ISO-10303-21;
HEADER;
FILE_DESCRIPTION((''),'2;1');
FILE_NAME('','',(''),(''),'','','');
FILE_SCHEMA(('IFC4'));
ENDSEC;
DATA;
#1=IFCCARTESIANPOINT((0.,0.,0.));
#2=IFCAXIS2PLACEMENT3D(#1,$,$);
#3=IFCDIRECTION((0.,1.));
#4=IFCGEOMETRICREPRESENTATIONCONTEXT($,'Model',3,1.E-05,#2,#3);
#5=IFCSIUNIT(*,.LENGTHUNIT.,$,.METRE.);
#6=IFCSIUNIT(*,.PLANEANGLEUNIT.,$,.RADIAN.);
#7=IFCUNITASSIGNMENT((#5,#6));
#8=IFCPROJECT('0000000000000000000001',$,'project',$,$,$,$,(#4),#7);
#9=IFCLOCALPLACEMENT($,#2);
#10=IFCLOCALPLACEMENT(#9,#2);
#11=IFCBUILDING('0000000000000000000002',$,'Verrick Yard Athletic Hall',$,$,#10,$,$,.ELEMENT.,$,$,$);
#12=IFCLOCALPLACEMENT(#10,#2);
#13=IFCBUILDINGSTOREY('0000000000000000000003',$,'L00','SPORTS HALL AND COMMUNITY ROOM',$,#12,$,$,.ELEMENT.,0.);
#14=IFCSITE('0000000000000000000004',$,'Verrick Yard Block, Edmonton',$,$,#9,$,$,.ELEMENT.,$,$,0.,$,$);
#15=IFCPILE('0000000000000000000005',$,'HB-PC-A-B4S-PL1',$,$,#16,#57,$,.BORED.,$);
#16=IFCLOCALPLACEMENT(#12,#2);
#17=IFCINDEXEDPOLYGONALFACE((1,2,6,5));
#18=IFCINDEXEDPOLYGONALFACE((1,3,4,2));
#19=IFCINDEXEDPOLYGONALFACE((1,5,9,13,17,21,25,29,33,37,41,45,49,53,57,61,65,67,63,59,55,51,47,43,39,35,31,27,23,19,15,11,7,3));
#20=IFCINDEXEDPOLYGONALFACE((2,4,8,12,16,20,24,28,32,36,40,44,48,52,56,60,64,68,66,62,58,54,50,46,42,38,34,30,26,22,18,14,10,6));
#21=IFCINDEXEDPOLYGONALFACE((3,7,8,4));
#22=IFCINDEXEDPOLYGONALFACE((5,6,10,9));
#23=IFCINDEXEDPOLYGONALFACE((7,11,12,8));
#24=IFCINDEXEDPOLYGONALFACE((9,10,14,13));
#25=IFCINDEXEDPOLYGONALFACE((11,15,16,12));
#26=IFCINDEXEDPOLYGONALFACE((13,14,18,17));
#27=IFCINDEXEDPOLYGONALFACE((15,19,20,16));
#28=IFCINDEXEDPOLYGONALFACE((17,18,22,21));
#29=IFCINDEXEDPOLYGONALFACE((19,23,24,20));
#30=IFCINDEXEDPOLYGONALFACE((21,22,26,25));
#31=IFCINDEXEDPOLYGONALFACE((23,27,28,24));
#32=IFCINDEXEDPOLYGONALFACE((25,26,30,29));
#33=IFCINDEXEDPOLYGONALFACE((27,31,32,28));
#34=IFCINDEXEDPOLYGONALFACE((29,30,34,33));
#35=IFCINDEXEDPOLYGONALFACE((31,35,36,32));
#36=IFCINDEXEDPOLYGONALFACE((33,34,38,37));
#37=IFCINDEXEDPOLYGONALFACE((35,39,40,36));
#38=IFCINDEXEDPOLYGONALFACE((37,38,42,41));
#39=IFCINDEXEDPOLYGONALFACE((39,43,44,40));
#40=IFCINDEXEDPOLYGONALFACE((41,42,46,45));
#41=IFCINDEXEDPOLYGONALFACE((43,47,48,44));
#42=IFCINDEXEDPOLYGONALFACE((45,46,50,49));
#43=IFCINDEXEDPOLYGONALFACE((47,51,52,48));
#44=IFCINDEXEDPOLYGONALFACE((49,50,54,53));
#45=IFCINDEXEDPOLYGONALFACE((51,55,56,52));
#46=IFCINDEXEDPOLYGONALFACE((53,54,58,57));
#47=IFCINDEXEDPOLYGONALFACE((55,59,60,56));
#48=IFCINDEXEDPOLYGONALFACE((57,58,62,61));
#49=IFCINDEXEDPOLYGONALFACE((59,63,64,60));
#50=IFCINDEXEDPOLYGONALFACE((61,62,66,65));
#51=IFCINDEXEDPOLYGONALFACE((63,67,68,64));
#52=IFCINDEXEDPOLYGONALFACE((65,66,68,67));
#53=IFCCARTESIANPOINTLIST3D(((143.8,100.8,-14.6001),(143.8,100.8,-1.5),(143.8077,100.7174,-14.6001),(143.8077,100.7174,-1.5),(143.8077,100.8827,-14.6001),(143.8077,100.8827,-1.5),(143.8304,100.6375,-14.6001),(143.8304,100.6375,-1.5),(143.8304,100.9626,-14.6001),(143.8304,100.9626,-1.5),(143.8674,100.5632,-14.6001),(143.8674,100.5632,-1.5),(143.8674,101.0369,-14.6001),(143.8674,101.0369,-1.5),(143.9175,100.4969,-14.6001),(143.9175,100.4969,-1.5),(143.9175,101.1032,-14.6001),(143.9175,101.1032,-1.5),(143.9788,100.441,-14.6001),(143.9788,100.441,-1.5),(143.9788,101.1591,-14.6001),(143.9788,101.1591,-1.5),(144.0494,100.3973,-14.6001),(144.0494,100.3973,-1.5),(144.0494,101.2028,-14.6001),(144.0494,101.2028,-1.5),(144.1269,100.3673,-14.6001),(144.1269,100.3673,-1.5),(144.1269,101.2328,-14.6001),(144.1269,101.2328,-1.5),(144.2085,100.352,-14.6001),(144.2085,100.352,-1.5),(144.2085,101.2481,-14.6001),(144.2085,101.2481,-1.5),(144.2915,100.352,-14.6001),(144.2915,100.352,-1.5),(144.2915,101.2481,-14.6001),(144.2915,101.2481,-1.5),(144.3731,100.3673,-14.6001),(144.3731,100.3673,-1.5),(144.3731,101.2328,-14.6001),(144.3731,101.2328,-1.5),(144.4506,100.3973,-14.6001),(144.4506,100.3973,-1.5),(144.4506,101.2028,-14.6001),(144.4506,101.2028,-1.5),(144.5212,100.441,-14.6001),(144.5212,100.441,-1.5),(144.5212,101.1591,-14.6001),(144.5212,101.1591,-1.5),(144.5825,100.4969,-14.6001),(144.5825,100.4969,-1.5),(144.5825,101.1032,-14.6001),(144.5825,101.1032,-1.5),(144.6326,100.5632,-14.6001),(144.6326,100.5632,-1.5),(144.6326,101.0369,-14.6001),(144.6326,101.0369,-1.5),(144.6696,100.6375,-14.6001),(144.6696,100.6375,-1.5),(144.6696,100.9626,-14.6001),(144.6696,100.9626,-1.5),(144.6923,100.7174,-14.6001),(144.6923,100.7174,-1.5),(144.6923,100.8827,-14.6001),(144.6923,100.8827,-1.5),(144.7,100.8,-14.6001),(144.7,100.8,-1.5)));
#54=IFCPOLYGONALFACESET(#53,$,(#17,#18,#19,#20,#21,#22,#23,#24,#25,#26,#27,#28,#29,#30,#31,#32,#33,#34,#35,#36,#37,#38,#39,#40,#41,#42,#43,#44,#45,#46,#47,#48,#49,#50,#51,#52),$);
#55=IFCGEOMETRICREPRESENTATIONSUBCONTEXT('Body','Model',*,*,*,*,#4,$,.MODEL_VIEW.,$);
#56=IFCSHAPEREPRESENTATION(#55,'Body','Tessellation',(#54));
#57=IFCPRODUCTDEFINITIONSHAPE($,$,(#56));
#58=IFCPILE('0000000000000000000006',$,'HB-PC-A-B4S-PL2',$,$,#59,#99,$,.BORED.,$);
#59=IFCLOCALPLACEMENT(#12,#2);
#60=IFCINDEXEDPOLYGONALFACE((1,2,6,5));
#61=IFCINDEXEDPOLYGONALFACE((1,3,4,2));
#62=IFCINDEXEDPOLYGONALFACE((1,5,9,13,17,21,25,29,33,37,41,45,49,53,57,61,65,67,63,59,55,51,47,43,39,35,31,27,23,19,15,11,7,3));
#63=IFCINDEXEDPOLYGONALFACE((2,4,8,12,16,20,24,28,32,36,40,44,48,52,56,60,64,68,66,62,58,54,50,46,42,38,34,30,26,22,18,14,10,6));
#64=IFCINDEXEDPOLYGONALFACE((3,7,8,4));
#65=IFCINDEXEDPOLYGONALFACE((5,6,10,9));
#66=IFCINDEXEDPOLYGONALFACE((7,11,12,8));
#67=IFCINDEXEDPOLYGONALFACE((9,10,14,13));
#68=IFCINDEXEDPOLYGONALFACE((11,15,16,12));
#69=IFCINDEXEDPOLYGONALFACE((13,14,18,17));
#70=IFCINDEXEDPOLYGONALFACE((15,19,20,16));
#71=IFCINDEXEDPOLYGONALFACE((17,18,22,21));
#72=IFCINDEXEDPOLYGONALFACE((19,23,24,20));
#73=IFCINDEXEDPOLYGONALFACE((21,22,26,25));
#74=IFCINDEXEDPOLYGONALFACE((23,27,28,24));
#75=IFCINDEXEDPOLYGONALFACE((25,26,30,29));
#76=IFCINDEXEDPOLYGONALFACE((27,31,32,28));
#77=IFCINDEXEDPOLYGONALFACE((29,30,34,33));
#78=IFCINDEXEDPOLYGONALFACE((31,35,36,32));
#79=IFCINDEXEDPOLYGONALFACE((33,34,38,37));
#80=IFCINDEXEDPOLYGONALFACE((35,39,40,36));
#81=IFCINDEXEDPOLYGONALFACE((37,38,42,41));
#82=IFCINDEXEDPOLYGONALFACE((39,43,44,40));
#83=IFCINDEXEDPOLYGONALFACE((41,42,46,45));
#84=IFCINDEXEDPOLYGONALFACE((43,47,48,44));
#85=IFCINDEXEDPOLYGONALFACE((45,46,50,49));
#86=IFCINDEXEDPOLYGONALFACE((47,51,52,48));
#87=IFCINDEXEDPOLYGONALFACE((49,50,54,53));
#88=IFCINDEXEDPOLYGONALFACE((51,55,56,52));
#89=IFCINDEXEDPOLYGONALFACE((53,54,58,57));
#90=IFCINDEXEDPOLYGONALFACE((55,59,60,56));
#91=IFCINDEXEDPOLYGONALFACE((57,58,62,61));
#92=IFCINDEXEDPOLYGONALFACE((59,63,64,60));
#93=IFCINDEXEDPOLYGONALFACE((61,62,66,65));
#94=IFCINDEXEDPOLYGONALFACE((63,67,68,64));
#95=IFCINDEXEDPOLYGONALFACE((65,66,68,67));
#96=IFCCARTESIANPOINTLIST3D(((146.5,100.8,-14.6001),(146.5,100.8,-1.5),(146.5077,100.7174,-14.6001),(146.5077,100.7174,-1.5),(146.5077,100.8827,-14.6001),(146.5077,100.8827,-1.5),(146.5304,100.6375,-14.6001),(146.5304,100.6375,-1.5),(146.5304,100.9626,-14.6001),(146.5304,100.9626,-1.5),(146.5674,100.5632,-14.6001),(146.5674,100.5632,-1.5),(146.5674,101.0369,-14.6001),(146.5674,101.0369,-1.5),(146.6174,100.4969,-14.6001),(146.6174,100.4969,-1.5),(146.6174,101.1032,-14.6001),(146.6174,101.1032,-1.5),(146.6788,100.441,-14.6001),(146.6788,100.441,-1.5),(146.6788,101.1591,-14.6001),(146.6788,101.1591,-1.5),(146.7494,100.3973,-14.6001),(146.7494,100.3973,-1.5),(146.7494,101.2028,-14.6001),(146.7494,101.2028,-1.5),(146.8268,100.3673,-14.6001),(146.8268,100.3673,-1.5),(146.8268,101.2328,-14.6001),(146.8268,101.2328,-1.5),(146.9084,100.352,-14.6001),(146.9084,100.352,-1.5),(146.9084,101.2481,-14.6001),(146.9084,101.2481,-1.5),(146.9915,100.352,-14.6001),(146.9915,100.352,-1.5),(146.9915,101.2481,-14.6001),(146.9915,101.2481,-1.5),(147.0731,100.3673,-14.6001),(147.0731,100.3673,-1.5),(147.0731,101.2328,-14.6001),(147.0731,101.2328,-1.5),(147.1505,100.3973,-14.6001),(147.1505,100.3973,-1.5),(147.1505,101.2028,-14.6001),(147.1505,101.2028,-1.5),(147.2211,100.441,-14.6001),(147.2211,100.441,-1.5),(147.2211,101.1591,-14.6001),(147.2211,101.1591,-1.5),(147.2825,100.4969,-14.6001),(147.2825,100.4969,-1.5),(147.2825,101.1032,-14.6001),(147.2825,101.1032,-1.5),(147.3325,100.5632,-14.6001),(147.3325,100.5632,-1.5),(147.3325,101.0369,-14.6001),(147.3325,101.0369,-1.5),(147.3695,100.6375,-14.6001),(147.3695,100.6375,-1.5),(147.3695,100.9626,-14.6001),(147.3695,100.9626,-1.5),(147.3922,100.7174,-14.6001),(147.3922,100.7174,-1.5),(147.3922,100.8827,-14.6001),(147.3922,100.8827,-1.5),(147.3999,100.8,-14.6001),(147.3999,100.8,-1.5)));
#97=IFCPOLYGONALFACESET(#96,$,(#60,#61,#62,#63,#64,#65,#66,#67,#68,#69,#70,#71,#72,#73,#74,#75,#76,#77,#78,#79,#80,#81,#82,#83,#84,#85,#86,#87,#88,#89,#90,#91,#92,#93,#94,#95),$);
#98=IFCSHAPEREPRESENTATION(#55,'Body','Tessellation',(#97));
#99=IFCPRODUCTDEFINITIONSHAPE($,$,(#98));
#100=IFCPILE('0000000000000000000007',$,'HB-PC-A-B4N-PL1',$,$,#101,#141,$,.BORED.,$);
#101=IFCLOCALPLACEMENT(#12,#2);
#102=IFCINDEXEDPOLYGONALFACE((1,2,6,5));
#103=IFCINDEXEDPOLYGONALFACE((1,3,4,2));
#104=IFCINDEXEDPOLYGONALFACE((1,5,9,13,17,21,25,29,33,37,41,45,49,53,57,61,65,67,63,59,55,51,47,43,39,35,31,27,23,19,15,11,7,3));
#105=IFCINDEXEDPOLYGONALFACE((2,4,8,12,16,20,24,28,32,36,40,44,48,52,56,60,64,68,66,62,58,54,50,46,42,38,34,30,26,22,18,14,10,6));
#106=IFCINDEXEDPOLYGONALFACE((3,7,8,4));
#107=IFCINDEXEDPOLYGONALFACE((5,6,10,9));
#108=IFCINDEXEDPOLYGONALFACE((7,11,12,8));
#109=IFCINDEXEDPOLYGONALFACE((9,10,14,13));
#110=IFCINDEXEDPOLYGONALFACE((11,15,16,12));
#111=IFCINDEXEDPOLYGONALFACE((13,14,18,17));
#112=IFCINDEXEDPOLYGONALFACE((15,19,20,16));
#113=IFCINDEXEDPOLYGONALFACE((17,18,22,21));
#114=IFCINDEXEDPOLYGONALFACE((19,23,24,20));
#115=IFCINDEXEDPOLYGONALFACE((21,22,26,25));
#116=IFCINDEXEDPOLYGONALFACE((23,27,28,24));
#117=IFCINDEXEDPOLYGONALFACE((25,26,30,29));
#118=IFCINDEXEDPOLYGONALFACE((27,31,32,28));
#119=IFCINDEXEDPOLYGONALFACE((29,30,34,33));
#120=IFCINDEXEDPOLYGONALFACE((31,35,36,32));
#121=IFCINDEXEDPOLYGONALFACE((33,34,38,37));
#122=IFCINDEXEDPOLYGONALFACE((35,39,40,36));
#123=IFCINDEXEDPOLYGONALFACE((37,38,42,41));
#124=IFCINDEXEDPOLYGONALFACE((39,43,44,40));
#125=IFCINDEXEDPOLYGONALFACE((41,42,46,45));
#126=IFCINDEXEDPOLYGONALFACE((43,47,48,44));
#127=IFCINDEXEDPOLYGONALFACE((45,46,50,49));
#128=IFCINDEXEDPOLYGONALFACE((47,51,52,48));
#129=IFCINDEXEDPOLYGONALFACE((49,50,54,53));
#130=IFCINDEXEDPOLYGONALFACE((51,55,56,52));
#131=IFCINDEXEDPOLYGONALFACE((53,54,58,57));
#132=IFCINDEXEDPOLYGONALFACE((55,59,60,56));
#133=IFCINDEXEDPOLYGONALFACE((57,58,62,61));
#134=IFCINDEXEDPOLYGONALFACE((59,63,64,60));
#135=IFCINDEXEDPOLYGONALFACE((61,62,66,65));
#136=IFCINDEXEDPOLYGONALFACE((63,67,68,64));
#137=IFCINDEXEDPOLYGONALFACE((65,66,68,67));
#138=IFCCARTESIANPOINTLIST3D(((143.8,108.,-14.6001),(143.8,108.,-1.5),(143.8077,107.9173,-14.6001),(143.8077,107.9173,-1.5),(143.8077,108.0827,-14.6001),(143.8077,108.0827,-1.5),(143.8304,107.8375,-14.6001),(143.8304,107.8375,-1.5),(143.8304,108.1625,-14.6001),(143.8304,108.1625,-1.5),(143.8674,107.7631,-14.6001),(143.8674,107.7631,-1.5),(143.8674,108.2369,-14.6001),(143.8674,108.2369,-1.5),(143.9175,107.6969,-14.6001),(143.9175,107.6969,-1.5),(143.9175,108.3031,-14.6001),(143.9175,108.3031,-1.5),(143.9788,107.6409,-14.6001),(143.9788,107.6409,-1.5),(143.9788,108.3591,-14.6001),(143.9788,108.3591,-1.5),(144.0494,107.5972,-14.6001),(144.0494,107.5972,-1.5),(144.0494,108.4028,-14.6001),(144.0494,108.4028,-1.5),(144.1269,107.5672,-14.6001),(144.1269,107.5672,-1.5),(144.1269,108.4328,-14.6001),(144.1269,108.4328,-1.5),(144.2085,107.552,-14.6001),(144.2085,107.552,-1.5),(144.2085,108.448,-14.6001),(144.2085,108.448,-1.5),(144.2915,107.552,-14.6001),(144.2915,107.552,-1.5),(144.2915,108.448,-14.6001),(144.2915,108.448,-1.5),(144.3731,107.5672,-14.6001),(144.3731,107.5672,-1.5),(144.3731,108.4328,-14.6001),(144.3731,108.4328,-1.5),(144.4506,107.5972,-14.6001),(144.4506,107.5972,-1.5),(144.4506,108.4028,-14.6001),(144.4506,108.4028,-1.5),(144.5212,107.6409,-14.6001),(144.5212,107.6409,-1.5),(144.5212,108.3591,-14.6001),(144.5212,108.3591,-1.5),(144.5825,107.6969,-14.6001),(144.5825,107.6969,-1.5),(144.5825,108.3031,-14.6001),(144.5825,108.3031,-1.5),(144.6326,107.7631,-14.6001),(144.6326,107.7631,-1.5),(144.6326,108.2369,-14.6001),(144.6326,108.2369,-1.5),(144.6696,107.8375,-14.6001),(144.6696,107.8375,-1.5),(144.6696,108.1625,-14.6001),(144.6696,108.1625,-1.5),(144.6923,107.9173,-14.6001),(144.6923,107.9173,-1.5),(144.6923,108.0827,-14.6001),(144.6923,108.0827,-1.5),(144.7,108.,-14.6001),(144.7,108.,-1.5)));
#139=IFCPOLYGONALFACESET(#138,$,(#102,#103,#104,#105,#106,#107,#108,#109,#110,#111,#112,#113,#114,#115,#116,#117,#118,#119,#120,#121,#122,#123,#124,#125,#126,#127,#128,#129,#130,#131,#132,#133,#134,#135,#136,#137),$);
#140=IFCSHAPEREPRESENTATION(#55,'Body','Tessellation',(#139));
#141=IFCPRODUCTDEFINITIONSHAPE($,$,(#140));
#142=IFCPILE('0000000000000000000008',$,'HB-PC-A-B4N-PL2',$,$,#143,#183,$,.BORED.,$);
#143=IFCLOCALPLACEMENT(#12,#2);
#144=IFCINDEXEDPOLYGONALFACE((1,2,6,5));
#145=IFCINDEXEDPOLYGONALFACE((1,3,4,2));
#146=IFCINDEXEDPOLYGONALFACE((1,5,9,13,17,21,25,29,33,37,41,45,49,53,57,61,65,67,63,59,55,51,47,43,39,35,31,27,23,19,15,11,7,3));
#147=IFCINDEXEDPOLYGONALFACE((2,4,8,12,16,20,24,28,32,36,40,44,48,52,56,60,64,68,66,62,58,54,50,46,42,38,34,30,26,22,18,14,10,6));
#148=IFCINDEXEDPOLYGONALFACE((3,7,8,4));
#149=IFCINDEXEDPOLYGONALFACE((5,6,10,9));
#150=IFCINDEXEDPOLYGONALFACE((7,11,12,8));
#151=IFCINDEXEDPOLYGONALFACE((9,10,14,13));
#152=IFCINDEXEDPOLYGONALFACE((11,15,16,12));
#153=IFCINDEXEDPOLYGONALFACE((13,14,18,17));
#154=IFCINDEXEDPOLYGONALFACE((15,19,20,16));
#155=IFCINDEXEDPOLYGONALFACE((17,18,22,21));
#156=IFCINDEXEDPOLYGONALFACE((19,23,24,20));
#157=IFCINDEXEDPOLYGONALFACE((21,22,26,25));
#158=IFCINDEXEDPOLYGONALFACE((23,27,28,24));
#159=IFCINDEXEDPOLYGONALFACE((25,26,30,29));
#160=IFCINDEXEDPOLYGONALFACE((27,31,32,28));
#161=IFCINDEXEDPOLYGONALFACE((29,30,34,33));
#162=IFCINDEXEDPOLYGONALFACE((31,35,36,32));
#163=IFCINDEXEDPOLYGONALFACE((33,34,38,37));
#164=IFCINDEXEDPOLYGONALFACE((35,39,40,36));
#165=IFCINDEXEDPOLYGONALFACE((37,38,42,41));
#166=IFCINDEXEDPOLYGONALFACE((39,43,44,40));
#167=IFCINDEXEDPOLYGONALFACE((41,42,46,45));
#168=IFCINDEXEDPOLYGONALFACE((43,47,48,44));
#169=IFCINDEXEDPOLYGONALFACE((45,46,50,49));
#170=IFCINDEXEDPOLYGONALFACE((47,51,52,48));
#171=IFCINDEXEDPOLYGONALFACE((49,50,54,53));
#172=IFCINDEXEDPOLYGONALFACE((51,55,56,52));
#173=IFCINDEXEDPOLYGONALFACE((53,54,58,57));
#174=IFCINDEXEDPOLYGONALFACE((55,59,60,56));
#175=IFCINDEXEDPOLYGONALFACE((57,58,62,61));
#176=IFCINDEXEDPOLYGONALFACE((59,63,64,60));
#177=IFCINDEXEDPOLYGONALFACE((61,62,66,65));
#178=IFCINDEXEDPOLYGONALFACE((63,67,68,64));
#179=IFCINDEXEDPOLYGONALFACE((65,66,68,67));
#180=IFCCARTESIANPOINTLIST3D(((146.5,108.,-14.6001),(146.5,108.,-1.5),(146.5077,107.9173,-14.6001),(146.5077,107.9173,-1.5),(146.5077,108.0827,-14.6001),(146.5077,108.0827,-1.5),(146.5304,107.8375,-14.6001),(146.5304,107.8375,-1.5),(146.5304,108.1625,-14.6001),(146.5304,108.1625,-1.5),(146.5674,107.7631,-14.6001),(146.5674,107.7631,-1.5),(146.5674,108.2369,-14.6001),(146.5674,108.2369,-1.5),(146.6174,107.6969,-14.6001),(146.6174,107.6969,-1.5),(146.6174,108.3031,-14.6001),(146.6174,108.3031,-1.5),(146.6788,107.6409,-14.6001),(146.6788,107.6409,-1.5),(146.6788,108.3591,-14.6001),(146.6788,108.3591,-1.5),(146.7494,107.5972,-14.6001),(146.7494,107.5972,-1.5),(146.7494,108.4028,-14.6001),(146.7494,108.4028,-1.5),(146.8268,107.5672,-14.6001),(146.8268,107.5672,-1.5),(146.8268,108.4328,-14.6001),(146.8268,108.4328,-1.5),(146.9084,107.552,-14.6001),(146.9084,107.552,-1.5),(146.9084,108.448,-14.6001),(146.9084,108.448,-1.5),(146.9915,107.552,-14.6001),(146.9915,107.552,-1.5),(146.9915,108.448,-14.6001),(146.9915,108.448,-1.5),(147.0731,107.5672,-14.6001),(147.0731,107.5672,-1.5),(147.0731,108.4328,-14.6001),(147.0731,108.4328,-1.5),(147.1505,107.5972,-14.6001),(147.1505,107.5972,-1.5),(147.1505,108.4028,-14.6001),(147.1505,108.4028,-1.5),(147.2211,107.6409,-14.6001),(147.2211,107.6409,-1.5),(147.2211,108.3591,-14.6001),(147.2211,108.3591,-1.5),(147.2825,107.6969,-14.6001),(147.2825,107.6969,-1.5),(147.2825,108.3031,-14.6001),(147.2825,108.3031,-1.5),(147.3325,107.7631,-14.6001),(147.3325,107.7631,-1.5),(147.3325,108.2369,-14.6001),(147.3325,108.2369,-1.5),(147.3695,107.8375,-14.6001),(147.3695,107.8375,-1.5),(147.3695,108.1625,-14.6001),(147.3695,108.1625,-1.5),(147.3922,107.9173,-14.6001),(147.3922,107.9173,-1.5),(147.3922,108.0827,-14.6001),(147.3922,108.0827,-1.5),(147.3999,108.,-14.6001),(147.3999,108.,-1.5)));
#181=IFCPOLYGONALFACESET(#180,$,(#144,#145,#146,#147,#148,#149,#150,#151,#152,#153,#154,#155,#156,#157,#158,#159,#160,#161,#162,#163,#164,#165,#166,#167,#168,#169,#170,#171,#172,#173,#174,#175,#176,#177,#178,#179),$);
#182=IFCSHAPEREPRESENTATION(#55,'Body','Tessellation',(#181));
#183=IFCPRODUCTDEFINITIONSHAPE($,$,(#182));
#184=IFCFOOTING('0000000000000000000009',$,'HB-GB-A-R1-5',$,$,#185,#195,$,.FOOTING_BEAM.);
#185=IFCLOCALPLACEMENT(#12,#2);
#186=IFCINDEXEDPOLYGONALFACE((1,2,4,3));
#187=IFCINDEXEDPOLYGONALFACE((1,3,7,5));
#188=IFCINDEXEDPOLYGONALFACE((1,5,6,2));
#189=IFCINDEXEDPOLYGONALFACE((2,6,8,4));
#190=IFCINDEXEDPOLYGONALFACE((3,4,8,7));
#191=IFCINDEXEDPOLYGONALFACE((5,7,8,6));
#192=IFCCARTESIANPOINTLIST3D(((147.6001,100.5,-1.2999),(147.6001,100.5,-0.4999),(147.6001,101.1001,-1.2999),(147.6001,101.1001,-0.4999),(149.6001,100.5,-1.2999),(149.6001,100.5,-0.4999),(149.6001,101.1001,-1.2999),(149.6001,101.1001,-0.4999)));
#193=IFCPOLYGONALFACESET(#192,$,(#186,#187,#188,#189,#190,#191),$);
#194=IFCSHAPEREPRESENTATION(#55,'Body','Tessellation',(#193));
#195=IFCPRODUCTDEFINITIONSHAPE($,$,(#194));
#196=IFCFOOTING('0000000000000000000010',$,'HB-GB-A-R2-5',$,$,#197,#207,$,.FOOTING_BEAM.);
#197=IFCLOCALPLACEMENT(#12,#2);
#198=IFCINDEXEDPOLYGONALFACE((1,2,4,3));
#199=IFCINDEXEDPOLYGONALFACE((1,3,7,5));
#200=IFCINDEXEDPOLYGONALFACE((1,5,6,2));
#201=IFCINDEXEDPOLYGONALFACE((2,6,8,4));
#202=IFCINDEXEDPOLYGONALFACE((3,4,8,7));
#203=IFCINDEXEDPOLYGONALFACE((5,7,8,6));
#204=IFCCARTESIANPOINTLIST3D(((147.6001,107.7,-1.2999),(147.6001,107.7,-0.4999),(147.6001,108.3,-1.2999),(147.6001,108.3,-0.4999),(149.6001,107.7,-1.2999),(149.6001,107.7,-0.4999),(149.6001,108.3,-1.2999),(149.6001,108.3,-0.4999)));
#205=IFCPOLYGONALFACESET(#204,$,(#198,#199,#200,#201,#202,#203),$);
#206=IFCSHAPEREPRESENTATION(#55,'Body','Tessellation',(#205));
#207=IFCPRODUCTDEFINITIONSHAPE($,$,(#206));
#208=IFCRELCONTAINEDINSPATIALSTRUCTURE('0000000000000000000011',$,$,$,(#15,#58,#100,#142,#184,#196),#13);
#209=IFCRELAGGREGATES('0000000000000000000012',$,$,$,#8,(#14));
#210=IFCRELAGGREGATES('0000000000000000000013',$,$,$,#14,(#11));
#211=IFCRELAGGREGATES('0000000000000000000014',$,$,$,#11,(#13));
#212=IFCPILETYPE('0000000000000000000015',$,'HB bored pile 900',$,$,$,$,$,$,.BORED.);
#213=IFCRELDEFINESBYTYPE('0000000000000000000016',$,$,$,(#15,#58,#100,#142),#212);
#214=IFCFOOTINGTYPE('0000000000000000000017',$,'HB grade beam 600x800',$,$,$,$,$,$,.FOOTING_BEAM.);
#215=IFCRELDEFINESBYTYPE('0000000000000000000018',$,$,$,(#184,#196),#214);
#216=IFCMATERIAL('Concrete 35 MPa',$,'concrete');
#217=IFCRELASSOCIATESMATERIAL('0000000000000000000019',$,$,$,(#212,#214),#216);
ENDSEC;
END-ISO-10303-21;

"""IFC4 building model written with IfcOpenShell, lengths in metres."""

from ifc_helpers import new_model, si_unit, direction, frame, origin, origin_2d, place, context, subcontext, project, spatial, rectangle, circle, extrude, material, material_profile, profile_set, type_object, element, save


model = new_model("IFC4")

# Units and contexts
model_context = context("Model", 3, precision=1e-05, world=origin(), true_north=direction((0.0, 1.0)))
body_context = subcontext(model_context, "Body", "Model", "MODEL_VIEW")
ifc_project = project(units=[si_unit("LENGTHUNIT", "METRE"), si_unit("PLANEANGLEUNIT", "RADIAN")], contexts=[model_context])

# Site, building, storey
site_placement = place(None, origin())
site = spatial("IfcSite", under=ifc_project, at=site_placement, Name="Verrick Yard Block, Edmonton", CompositionType="ELEMENT", RefElevation=0.0)
building_placement = place(site_placement, origin())
building = spatial("IfcBuilding", under=site, at=building_placement, Name="Verrick Yard Athletic Hall", CompositionType="ELEMENT")
storey_placement = place(building_placement, origin())
storey = spatial("IfcBuildingStorey", under=building, at=storey_placement, Name="L00", Description="SPORTS HALL AND COMMUNITY ROOM", CompositionType="ELEMENT", Elevation=0.0)

# Piles
ifc_material_1 = material(Name="Concrete 35 MPa", Category="concrete")
ifc_material_profile_1 = material_profile(ifc_material_1, circle(Radius=0.45, at=origin_2d()), Name="Bored pile 900")
ifc_profile_set_1 = profile_set([ifc_material_profile_1], Name="Concrete 35 MPa")
pile_type = type_object("IfcPileType", Name="HB bored pile 900", PredefinedType="BORED", material=ifc_profile_set_1)
for number, where, z_axis, x_axis, name in (
    (1, (144.25, 100.8, -1.5), (0.0, 0.0, -1.0), (1.0, 0.0, 0.0), "HB-PC-A-B4S-PL1"),
    (2, (146.95, 100.8, -1.5), (0.0, 0.0, -1.0), (1.0, 0.0, 0.0), "HB-PC-A-B4S-PL2"),
    (3, (144.25, 108.0, -1.5), (0.0, 0.0, -1.0), (1.0, 0.0, 0.0), "HB-PC-A-B4N-PL1"),
    (4, (146.95, 108.0, -1.5), (0.0, 0.0, -1.0), (1.0, 0.0, 0.0), "HB-PC-A-B4N-PL2"),
):
    element("IfcPile", number, at=place(storey_placement, frame(where, z_axis=z_axis, x_axis=x_axis)), inside=storey, type_object=pile_type, Name=name, PredefinedType="BORED", context=body_context, shape_type="SweptSolid", body=[
        extrude(circle(Radius=0.45, at=origin_2d()), origin(), (0.0, 0.0, 1.0), 13.1001),
    ])

# Footings
ifc_material_profile_2 = material_profile(ifc_material_1, rectangle(XDim=0.6001, YDim=0.8, at=origin_2d()), Name="Grade beam 600x800")
ifc_profile_set_2 = profile_set([ifc_material_profile_2], Name="Concrete 35 MPa")
footing_type = type_object("IfcFootingType", Name="HB grade beam 600x800", PredefinedType="FOOTING_BEAM", material=ifc_profile_set_2)
for number, where, z_axis, x_axis, name in (
    (5, (147.6001, 100.8, -0.8999), (1.0, 0.0, 0.0), (0.0, 1.0, 0.0), "HB-GB-A-R1-5"),
    (6, (147.6001, 108.0, -0.8999), (1.0, 0.0, 0.0), (0.0, 1.0, 0.0), "HB-GB-A-R2-5"),
):
    element("IfcFooting", number, at=place(storey_placement, frame(where, z_axis=z_axis, x_axis=x_axis)), inside=storey, type_object=footing_type, Name=name, PredefinedType="FOOTING_BEAM", context=body_context, shape_type="SweptSolid", body=[
        extrude(rectangle(XDim=0.6001, YDim=0.8, at=origin_2d()), origin(), (0.0, 0.0, 1.0), 2.0),
    ])

save(model, "model.ifc")
